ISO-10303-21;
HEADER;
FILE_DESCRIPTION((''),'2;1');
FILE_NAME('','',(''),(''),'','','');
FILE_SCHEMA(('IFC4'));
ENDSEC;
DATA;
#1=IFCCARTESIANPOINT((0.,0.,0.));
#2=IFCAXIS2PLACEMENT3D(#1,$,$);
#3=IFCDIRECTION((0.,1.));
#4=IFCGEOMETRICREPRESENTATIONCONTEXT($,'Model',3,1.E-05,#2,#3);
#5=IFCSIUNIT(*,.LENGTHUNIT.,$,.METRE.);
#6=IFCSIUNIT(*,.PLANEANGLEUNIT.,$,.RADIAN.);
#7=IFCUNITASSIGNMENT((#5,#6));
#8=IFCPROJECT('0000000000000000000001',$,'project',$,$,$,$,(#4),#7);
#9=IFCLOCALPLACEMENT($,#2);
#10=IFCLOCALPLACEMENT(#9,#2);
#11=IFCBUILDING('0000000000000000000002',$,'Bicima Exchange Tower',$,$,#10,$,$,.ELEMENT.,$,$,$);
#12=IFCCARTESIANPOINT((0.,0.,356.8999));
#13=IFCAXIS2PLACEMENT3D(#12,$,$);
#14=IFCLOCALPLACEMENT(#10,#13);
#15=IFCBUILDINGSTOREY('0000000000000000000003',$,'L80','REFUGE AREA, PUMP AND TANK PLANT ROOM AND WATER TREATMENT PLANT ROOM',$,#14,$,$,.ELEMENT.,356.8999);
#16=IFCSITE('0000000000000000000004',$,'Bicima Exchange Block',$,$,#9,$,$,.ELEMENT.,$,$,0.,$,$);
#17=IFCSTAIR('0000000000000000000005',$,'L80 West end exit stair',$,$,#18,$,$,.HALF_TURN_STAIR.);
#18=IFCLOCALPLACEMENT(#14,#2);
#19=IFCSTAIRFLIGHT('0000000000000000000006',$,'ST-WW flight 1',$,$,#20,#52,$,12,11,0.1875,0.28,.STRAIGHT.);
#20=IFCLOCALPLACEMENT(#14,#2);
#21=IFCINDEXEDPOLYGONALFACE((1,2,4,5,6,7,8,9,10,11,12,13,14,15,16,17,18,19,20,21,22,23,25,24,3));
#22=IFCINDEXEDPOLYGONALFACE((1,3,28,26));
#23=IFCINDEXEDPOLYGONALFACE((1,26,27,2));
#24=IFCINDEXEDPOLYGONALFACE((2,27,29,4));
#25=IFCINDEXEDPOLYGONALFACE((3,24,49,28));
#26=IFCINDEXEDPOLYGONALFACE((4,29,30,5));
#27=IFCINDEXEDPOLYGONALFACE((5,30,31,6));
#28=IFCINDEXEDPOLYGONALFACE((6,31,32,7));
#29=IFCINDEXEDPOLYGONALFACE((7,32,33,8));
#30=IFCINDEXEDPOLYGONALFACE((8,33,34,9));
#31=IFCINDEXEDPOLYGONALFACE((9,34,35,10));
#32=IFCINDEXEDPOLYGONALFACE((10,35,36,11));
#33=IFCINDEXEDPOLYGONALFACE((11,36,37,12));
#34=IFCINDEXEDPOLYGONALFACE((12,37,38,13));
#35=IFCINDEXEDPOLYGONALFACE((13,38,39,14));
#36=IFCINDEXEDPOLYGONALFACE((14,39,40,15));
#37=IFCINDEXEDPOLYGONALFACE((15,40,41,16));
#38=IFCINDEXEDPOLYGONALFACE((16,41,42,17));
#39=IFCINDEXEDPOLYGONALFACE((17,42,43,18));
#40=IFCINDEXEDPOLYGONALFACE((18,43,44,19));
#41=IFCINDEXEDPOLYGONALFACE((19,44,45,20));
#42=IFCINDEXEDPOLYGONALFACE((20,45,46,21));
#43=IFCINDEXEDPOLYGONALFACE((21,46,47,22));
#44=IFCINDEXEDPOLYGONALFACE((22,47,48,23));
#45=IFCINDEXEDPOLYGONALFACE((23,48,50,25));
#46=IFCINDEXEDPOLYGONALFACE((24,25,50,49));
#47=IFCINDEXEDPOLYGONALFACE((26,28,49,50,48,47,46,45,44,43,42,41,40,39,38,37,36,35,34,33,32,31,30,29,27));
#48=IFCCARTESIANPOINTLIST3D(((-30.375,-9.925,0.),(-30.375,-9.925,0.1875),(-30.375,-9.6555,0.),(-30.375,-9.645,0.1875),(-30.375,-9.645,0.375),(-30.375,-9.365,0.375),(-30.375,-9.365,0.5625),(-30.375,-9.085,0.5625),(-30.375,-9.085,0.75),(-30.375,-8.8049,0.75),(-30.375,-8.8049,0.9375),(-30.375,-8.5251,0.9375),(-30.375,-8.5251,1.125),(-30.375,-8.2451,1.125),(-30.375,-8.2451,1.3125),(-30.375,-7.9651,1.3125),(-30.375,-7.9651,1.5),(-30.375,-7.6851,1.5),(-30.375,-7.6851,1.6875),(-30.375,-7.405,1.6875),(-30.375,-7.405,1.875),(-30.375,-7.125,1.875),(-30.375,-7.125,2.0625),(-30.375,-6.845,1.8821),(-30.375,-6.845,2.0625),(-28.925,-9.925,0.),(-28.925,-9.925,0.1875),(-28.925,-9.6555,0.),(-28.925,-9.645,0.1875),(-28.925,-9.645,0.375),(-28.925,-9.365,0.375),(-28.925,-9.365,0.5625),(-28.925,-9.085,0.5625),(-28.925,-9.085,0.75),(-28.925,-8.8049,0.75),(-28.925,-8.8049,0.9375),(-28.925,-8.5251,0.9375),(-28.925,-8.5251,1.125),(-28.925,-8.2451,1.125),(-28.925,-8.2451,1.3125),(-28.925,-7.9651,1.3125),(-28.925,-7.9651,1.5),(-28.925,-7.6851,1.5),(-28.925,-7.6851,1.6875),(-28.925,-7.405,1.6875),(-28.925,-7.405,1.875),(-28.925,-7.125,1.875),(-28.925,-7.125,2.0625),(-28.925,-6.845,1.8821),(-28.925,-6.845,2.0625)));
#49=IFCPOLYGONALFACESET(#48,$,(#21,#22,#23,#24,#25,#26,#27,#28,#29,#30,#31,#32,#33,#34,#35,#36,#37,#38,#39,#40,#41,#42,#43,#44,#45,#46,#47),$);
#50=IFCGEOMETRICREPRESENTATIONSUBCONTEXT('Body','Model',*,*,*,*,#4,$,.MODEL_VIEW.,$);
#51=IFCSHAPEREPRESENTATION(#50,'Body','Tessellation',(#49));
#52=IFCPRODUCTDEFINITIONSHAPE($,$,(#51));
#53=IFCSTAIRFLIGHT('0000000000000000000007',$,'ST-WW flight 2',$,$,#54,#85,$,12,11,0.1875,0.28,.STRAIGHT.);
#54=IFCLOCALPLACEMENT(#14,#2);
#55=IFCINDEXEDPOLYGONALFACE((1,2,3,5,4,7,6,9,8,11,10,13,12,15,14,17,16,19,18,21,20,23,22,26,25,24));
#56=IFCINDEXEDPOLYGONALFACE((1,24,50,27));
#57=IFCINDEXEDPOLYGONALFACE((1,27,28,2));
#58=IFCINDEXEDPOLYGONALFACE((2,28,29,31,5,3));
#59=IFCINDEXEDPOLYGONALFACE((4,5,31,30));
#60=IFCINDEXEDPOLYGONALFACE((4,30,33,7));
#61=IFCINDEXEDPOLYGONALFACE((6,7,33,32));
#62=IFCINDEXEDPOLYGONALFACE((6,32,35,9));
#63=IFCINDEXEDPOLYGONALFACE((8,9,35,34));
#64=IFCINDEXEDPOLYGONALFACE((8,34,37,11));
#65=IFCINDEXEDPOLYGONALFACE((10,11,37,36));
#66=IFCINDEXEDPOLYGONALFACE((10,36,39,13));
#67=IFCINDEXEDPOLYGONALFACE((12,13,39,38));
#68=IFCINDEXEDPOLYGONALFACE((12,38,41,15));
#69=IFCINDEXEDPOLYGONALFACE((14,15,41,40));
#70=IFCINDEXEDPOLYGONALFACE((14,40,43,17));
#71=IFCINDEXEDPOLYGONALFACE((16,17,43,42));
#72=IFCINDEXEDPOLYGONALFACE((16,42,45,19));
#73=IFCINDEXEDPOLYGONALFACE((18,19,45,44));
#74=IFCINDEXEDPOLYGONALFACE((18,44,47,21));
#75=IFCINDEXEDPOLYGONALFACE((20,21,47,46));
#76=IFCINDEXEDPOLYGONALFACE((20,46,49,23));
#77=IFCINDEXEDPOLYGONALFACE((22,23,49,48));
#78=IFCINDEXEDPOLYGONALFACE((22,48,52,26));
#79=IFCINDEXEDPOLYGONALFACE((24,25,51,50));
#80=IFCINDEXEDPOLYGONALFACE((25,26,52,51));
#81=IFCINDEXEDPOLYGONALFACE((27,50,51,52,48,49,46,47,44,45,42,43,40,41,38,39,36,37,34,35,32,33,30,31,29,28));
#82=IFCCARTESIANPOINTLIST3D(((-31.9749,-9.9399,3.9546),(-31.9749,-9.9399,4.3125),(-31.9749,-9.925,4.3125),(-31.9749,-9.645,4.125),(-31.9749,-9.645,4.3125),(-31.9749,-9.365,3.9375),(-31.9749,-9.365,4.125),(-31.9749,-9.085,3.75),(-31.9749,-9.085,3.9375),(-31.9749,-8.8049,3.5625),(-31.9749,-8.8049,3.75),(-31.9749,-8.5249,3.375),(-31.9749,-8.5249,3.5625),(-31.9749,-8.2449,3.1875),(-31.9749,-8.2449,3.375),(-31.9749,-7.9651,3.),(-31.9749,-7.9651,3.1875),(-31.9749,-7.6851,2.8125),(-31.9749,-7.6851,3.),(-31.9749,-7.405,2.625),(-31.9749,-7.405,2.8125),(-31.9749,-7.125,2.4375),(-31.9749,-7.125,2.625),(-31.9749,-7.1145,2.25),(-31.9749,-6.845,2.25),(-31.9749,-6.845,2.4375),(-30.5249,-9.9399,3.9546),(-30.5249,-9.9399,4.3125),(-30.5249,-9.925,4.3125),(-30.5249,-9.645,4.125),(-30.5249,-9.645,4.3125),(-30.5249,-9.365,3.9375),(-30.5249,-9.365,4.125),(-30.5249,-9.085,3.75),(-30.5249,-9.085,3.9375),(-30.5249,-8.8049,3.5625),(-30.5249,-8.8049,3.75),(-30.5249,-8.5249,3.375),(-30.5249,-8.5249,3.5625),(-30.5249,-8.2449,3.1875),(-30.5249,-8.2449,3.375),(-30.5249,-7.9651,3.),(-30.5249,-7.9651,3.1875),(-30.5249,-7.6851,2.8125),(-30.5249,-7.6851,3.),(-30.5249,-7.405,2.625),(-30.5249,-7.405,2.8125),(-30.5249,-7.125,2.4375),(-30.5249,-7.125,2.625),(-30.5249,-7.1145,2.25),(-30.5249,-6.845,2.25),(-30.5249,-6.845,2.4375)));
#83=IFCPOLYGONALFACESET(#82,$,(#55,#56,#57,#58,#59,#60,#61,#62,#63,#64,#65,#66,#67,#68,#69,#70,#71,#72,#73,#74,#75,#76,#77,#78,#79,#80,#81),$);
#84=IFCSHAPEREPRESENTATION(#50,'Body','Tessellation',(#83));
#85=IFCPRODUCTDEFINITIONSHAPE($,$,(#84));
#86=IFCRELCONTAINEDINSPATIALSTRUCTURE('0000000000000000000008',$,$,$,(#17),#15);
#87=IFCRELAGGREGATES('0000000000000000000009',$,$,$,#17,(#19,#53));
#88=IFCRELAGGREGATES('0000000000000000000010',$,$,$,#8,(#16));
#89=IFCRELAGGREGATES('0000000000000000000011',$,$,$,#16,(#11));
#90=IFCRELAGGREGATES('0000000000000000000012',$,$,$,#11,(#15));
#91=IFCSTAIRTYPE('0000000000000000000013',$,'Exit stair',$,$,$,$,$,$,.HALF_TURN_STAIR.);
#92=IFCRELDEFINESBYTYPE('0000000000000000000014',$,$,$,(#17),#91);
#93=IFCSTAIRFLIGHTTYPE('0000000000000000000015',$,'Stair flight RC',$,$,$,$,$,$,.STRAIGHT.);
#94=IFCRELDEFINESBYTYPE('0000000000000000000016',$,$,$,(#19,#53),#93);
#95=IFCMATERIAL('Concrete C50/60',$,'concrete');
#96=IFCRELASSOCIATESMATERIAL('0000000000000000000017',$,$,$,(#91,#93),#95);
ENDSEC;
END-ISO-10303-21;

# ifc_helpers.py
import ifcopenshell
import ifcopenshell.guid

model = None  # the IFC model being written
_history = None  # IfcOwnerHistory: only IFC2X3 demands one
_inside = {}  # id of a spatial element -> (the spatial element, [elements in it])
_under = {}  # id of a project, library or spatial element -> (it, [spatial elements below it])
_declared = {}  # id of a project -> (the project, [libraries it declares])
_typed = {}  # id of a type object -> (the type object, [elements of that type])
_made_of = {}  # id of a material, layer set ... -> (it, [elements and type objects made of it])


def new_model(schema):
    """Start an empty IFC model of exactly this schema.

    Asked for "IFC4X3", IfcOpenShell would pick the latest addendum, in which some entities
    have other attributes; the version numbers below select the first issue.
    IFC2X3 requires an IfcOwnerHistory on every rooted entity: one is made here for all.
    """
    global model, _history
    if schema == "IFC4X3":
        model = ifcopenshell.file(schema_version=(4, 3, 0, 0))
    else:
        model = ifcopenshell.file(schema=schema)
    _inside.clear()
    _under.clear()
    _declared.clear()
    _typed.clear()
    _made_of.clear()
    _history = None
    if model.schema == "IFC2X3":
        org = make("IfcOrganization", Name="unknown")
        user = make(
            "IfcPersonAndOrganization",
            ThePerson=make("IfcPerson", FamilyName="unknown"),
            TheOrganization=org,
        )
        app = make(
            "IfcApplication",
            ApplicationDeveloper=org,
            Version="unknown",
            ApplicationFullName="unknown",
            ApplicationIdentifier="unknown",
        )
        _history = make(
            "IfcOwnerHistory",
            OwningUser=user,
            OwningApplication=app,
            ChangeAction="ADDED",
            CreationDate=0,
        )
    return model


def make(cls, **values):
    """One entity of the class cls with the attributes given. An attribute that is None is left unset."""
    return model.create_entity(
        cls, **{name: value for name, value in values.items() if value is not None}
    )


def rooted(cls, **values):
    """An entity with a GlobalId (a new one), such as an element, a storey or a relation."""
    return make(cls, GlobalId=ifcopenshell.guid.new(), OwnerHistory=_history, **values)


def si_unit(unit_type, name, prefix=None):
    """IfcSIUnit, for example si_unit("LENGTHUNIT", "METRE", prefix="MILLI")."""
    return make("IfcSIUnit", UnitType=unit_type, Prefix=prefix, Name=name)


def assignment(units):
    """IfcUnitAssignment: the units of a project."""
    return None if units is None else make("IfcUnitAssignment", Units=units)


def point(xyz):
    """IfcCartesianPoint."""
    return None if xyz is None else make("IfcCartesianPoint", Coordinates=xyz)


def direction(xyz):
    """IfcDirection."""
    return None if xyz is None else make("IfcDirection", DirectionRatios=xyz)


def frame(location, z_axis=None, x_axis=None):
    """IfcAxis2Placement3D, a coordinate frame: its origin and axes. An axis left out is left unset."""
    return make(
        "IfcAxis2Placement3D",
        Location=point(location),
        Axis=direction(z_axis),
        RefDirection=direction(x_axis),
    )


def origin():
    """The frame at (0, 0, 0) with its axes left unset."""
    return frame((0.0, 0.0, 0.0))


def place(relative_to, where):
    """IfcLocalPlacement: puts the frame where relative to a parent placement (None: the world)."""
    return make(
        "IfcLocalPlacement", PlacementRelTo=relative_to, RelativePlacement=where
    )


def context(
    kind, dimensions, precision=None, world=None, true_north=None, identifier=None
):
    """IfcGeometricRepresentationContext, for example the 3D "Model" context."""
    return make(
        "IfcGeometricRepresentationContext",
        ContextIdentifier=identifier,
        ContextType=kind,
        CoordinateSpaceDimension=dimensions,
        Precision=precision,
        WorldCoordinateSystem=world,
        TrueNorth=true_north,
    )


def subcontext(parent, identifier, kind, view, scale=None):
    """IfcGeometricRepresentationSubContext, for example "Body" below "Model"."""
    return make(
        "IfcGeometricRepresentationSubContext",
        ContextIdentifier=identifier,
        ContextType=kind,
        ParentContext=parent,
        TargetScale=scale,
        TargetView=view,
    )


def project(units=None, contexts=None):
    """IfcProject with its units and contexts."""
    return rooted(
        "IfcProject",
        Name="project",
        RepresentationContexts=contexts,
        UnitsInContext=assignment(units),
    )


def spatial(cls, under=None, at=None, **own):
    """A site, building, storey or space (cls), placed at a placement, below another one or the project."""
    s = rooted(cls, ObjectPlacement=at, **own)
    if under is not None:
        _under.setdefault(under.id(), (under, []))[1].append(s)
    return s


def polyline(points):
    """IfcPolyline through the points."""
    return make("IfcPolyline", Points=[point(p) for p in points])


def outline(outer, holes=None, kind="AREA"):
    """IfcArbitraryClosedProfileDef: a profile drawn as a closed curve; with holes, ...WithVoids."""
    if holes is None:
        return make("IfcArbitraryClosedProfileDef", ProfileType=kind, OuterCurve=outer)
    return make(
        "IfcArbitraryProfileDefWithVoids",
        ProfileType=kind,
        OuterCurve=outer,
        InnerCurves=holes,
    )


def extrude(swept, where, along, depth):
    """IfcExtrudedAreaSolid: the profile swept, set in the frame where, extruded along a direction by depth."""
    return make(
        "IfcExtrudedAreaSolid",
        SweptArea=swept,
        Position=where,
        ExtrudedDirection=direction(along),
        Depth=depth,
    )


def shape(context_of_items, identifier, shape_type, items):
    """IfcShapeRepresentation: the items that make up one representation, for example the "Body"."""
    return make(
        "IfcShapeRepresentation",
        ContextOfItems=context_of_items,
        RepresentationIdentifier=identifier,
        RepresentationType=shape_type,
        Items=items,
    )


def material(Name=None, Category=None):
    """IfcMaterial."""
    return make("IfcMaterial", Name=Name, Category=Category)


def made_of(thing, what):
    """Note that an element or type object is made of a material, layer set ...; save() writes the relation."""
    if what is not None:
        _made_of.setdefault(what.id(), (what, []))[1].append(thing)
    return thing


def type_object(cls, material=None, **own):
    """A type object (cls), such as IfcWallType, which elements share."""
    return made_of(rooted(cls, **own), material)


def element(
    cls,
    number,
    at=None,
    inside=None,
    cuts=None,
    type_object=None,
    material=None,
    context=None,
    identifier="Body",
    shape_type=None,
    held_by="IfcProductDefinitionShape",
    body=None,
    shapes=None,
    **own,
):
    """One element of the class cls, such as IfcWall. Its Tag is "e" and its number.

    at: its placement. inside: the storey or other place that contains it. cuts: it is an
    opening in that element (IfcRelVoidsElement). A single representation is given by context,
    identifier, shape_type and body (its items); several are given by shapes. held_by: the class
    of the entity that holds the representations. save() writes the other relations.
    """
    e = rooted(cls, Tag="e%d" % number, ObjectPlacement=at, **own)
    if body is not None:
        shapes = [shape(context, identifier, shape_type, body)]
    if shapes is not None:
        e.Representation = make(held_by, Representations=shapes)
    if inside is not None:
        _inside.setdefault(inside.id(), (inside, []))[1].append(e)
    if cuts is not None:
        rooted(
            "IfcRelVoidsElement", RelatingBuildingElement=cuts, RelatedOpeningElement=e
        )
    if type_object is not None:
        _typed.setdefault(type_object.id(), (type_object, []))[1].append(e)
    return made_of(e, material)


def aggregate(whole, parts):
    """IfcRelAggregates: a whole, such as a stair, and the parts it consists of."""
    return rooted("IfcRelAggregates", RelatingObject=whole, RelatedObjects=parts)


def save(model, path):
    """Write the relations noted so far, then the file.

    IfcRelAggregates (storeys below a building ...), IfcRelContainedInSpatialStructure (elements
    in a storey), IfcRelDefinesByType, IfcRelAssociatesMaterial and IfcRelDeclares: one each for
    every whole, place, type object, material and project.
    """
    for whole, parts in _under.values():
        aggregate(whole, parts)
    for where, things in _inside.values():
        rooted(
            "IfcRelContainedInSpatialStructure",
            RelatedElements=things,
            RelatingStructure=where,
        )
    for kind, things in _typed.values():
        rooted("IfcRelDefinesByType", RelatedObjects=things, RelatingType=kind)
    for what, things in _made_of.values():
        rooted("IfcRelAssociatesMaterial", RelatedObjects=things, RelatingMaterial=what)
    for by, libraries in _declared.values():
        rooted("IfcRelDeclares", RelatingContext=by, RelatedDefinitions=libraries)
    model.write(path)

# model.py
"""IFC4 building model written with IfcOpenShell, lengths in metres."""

from ifc_helpers import new_model, si_unit, direction, frame, origin, place, context, subcontext, project, spatial, polyline, outline, extrude, material, type_object, element, aggregate, save


model = new_model("IFC4")

# Units and contexts
model_context = context("Model", 3, precision=1e-05, world=origin(), true_north=direction((0.0, 1.0)))
body_context = subcontext(model_context, "Body", "Model", "MODEL_VIEW")
ifc_project = project(units=[si_unit("LENGTHUNIT", "METRE"), si_unit("PLANEANGLEUNIT", "RADIAN")], contexts=[model_context])

# Site, building, storey
site_placement = place(None, origin())
site = spatial("IfcSite", under=ifc_project, at=site_placement, Name="Bicima Exchange Block", CompositionType="ELEMENT", RefElevation=0.0)
building_placement = place(site_placement, origin())
building = spatial("IfcBuilding", under=site, at=building_placement, Name="Bicima Exchange Tower", CompositionType="ELEMENT")
storey_placement = place(building_placement, frame((0.0, 0.0, 356.8999)))
storey = spatial("IfcBuildingStorey", under=building, at=storey_placement, Name="L80", Description="REFUGE AREA, PUMP AND TANK PLANT ROOM AND WATER TREATMENT PLANT ROOM", CompositionType="ELEMENT", Elevation=356.8999)

# Shared definitions
ifc_material_1 = material(Name="Concrete C50/60", Category="concrete")

# Stair, stair flights
stair_type = type_object("IfcStairType", Name="Exit stair", PredefinedType="HALF_TURN_STAIR", material=ifc_material_1)
stair_placement = place(storey_placement, origin())
stair = element("IfcStair", 1, at=stair_placement, inside=storey, type_object=stair_type, Name="L80 West end exit stair", PredefinedType="HALF_TURN_STAIR")
stair_flight_type = type_object("IfcStairFlightType", Name="Stair flight RC", PredefinedType="STRAIGHT", material=ifc_material_1)
stair_flight_1_placement = place(storey_placement, frame((-29.6499, -9.925, 0.0), z_axis=(0.0, 0.0, 1.0), x_axis=(0.0, 1.0, 0.0)))
stair_flight_1 = element("IfcStairFlight", 2, at=stair_flight_1_placement, type_object=stair_flight_type, Name="ST-WW flight 1", NumberOfRisers=12, NumberOfTreads=11, PredefinedType="STRAIGHT", RiserHeight=0.1875, TreadLength=0.28, context=body_context, shape_type="SweptSolid", body=[
    extrude(outline(polyline([(0.0, 0.0), (0.0, 0.1875), (0.28, 0.1875), (0.28, 0.375), (0.5601, 0.375), (0.5601, 0.5625), (0.8401, 0.5625), (0.8401, 0.75), (1.1201, 0.75), (1.1201, 0.9375), (1.3999, 0.9375), (1.3999, 1.125), (1.6799, 1.125), (1.6799, 1.3125), (1.96, 1.3125), (1.96, 1.5), (2.24, 1.5), (2.24, 1.6875), (2.52, 1.6875), (2.52, 1.875), (2.8, 1.875), (2.8, 2.0625), (3.0801, 2.0625), (3.0801, 2.25), (3.0801, 1.8821), (0.2695, 0.0), (0.0, 0.0)])), frame((0.0, 0.7251, 0.0), z_axis=(0.0, -1.0, 0.0), x_axis=(1.0, 0.0, 0.0)), (0.0, 0.0, 1.0), 1.45),
])
stair_flight_2_placement = place(storey_placement, frame((-31.25, -6.845, 2.25), z_axis=(0.0, 0.0, 1.0), x_axis=(0.0, -1.0, 0.0)))
stair_flight_2 = element("IfcStairFlight", 3, at=stair_flight_2_placement, type_object=stair_flight_type, Name="ST-WW flight 2", NumberOfRisers=12, NumberOfTreads=11, PredefinedType="STRAIGHT", RiserHeight=0.1875, TreadLength=0.28, context=body_context, shape_type="SweptSolid", body=[
    extrude(outline(polyline([(0.0, 0.0), (0.0, 0.1875), (0.28, 0.1875), (0.28, 0.375), (0.5601, 0.375), (0.5601, 0.5625), (0.8401, 0.5625), (0.8401, 0.75), (1.1201, 0.75), (1.1201, 0.9375), (1.3999, 0.9375), (1.3999, 1.125), (1.6799, 1.125), (1.6799, 1.3125), (1.96, 1.3125), (1.96, 1.5), (2.24, 1.5), (2.24, 1.6875), (2.52, 1.6875), (2.52, 1.875), (2.8, 1.875), (2.8, 2.0625), (3.0801, 2.0625), (3.095, 2.0625), (3.095, 1.7046), (0.2695, 0.0), (0.0, 0.0)])), frame((0.0, 0.7251, 0.0), z_axis=(0.0, -1.0, 0.0), x_axis=(1.0, 0.0, 0.0)), (0.0, 0.0, 1.0), 1.45),
])
aggregate(stair, [stair_flight_1, stair_flight_2])

save(model, "model.ifc")
